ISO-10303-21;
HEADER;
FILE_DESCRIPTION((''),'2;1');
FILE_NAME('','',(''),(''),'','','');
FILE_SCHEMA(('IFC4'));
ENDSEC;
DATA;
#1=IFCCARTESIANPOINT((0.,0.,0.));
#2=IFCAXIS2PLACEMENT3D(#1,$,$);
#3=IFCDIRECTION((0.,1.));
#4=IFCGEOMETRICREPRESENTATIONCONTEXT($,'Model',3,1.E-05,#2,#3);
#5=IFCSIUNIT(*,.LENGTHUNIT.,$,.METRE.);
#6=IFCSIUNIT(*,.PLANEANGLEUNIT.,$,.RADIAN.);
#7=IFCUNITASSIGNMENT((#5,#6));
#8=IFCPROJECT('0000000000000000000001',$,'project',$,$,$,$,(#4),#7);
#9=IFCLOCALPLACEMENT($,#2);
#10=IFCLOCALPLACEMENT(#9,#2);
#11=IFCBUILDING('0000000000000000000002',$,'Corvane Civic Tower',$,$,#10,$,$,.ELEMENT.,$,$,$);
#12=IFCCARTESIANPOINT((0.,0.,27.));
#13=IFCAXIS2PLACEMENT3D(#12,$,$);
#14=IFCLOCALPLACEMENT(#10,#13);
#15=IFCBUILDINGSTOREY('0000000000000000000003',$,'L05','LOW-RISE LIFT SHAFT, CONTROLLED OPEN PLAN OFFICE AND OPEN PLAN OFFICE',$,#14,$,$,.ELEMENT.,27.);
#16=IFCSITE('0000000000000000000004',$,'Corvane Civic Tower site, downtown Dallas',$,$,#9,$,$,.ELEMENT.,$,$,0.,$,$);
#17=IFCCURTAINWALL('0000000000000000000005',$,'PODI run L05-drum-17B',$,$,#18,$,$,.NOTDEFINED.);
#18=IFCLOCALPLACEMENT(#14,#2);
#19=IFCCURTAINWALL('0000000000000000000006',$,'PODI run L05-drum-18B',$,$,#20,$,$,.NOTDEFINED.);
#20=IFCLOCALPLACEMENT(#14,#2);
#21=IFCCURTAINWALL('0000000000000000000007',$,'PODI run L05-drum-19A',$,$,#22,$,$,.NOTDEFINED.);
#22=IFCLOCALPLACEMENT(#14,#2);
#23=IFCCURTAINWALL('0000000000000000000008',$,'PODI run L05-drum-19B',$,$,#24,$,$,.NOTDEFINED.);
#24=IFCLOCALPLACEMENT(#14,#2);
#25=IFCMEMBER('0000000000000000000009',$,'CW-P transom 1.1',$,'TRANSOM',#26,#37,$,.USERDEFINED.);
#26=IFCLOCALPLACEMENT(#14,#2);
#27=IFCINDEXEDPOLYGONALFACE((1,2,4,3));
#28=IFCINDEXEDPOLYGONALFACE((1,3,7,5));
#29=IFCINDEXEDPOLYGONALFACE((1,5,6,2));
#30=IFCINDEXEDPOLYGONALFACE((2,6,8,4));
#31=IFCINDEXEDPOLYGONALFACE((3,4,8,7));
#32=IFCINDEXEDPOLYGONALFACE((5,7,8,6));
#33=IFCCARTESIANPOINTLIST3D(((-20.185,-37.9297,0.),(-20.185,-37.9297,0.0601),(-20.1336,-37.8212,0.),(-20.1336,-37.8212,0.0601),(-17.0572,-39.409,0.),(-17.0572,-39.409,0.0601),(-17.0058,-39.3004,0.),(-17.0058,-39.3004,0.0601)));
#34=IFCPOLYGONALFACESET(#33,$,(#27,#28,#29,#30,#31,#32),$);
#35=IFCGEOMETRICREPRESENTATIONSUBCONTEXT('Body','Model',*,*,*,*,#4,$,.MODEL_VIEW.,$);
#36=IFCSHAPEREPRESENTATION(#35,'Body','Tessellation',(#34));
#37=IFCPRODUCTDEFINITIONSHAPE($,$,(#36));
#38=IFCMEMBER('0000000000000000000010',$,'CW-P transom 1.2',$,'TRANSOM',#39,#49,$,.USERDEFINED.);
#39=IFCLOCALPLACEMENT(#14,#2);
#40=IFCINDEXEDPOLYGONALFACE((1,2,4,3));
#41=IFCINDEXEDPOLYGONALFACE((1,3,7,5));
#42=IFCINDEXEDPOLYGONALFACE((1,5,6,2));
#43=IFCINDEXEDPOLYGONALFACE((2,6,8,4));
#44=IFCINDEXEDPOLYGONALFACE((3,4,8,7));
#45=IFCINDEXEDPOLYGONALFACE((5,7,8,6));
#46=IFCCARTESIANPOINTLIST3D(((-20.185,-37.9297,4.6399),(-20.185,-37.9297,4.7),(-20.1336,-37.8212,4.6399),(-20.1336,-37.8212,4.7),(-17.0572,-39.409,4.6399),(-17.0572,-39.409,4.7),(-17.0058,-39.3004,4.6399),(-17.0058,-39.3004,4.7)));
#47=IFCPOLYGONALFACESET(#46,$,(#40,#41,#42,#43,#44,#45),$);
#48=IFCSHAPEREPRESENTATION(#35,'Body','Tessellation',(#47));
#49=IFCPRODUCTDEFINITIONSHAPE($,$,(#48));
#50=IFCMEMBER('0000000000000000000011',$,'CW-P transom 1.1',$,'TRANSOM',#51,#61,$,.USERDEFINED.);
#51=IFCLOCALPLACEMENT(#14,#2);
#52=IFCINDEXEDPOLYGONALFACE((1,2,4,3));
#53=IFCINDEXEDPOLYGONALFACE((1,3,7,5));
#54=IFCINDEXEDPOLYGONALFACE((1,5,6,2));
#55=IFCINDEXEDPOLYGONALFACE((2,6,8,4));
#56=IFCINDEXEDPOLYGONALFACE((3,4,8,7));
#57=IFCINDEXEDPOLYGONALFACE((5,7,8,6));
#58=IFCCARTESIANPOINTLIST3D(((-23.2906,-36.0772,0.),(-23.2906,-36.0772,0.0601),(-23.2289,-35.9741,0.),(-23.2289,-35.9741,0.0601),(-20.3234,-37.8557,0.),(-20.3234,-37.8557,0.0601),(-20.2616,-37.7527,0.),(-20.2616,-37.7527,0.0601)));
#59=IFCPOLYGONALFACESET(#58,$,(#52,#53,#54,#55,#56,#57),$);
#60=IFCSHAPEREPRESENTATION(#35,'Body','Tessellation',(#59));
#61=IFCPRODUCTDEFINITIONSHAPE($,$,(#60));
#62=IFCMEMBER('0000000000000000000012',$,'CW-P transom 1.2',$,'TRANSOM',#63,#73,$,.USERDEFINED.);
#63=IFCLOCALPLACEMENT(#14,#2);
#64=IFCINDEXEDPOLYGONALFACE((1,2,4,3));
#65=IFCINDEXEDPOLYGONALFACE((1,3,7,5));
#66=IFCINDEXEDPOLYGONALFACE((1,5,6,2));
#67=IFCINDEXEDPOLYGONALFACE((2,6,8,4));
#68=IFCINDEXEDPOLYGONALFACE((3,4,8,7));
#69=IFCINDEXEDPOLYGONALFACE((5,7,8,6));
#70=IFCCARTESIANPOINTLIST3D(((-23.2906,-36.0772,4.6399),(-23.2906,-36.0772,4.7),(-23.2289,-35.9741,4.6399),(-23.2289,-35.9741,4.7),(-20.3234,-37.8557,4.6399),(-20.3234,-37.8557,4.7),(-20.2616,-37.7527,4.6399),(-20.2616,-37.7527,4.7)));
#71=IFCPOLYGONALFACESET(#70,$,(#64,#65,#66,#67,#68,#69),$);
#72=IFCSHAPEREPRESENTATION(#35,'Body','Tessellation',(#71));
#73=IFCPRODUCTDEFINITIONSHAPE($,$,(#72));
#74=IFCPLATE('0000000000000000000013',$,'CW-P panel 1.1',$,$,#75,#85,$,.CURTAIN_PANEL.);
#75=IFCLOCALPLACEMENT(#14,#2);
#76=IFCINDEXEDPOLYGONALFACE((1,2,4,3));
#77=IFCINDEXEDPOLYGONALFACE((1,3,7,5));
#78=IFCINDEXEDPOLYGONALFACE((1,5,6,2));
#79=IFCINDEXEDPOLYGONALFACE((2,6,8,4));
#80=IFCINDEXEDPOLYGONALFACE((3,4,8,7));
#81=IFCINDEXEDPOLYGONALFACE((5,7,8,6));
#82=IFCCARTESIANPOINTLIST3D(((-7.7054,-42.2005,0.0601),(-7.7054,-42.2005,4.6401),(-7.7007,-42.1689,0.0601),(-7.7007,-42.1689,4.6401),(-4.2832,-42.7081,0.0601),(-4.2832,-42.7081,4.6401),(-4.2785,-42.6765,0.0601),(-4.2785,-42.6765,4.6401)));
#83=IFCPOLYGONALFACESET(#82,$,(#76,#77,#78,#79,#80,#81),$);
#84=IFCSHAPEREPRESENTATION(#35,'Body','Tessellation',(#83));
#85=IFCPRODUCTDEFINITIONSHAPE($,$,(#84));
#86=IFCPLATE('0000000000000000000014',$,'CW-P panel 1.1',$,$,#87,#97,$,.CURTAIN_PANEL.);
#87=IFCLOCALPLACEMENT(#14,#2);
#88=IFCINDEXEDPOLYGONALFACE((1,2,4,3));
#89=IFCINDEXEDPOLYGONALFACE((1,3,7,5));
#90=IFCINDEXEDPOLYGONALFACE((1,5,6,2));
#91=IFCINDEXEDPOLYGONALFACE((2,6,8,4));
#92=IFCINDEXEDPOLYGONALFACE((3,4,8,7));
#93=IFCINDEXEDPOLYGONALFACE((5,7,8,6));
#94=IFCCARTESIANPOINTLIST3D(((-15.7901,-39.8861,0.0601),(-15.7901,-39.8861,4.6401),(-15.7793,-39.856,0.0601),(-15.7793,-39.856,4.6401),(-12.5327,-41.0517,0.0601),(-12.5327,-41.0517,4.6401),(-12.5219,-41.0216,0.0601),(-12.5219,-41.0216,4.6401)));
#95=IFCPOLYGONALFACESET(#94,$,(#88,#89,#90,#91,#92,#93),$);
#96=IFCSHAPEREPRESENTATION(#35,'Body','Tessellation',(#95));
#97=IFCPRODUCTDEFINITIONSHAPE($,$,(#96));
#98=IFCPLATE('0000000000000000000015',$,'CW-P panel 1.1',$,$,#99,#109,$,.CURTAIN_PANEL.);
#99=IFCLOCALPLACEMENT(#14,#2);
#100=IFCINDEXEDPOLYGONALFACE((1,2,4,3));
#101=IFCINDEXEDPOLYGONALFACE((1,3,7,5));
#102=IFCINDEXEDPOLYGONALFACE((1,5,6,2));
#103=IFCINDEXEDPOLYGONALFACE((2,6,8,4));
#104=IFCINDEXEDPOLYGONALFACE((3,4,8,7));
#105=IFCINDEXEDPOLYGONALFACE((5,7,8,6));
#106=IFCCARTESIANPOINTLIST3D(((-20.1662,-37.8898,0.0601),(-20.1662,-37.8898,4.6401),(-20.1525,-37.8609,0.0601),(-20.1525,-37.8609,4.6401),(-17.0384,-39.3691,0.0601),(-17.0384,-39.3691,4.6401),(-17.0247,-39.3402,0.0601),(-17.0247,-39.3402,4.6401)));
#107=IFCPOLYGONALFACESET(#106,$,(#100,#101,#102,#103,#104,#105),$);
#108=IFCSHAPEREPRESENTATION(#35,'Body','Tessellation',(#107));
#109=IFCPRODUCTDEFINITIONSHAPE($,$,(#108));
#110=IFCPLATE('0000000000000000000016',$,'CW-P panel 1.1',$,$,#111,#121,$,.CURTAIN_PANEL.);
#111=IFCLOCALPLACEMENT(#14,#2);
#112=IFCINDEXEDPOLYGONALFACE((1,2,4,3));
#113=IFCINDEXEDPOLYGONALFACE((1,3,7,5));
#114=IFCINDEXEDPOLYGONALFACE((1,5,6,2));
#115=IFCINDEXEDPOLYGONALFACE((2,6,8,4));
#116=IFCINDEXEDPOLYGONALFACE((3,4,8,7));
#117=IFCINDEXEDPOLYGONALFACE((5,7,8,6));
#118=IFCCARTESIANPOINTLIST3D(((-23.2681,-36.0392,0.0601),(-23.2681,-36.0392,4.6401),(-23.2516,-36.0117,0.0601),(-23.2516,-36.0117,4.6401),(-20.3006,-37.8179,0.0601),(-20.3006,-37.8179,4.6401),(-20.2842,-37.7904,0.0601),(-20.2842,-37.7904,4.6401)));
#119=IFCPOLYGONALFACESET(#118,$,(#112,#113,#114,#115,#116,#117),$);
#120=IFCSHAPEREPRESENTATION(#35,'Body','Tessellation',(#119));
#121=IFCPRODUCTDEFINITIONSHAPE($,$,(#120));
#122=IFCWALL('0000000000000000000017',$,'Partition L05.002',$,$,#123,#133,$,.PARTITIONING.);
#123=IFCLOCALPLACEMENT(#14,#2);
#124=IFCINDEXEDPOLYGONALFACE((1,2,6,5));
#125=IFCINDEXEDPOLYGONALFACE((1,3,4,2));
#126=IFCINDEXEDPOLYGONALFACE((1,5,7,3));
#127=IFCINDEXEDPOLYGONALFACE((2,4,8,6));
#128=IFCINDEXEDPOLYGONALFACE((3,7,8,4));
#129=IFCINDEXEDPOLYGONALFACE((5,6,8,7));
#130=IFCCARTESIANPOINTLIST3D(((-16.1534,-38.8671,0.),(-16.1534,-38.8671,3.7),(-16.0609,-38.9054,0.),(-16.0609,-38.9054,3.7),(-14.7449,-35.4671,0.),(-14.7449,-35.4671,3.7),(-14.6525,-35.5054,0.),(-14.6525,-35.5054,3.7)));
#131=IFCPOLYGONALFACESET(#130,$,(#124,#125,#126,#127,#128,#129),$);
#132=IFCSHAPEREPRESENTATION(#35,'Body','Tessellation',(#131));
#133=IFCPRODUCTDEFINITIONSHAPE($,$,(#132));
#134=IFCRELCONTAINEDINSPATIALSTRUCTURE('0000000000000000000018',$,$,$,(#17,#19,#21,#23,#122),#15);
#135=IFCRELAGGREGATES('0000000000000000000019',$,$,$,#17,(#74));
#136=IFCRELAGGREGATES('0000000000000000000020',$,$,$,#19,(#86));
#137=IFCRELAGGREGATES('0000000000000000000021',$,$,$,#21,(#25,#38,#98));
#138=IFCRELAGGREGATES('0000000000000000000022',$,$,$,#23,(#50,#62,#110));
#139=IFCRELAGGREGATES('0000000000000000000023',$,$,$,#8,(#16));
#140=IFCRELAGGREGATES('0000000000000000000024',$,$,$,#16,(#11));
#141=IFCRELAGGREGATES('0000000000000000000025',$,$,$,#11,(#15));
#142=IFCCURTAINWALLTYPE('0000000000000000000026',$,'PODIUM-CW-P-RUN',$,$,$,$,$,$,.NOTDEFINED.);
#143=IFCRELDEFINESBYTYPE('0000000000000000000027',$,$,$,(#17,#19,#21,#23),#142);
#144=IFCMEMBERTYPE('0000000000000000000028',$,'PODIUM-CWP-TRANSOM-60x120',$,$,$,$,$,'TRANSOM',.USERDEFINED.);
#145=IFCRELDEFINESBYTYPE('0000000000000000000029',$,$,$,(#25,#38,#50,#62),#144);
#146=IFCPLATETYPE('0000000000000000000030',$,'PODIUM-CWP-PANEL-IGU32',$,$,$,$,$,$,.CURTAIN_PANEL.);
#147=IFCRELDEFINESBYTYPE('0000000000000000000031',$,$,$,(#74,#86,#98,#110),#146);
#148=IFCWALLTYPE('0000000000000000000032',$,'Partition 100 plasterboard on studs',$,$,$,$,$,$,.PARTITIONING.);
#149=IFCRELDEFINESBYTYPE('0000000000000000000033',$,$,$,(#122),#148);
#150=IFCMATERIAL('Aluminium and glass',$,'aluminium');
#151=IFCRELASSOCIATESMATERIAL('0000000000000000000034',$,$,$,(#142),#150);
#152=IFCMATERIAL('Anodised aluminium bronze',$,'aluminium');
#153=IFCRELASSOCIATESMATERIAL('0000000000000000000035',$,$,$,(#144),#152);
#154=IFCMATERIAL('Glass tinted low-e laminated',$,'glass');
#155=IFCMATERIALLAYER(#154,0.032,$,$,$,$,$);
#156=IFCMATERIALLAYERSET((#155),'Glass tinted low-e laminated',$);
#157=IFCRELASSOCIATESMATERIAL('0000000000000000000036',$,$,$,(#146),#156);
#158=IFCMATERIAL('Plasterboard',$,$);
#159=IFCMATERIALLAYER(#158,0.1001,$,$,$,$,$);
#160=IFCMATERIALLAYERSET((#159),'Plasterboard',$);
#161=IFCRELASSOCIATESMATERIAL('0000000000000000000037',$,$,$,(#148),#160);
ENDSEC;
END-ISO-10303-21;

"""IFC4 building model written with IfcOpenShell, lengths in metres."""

from ifc_helpers import new_model, si_unit, direction, frame, frame_2d, origin, origin_2d, place, context, subcontext, project, spatial, rectangle, extrude, material, layer, layer_set, material_profile, profile_set, type_object, element, aggregate, save


model = new_model("IFC4")

# Units and contexts
model_context = context("Model", 3, precision=1e-05, world=origin(), true_north=direction((0.0, 1.0)))
body_context = subcontext(model_context, "Body", "Model", "MODEL_VIEW")
ifc_project = project(units=[si_unit("LENGTHUNIT", "METRE"), si_unit("PLANEANGLEUNIT", "RADIAN")], contexts=[model_context])

# Site, building, storey
site_placement = place(None, origin())
site = spatial("IfcSite", under=ifc_project, at=site_placement, Name="Corvane Civic Tower site, downtown Dallas", CompositionType="ELEMENT", RefElevation=0.0)
building_placement = place(site_placement, origin())
building = spatial("IfcBuilding", under=site, at=building_placement, Name="Corvane Civic Tower", CompositionType="ELEMENT")
storey_placement = place(building_placement, frame((0.0, 0.0, 27.0)))
storey = spatial("IfcBuildingStorey", under=building, at=storey_placement, Name="L05", Description="LOW-RISE LIFT SHAFT, CONTROLLED OPEN PLAN OFFICE AND OPEN PLAN OFFICE", CompositionType="ELEMENT", Elevation=27.0)

# Curtain walls
ifc_material_1 = material(Name="Aluminium and glass", Category="aluminium")
curtain_wall_type = type_object("IfcCurtainWallType", Name="PODIUM-CW-P-RUN", PredefinedType="NOTDEFINED", material=ifc_material_1)
curtain_wall_1_placement = place(storey_placement, origin())
curtain_wall_1 = element("IfcCurtainWall", 1, at=curtain_wall_1_placement, inside=storey, type_object=curtain_wall_type, Name="PODI run L05-drum-17B", PredefinedType="NOTDEFINED")
curtain_wall_2_placement = place(storey_placement, origin())
curtain_wall_2 = element("IfcCurtainWall", 2, at=curtain_wall_2_placement, inside=storey, type_object=curtain_wall_type, Name="PODI run L05-drum-18B", PredefinedType="NOTDEFINED")
curtain_wall_3_placement = place(storey_placement, origin())
curtain_wall_3 = element("IfcCurtainWall", 3, at=curtain_wall_3_placement, inside=storey, type_object=curtain_wall_type, Name="PODI run L05-drum-19A", PredefinedType="NOTDEFINED")

# Curtain wall
curtain_wall_4_placement = place(storey_placement, origin())
curtain_wall_4 = element("IfcCurtainWall", 4, at=curtain_wall_4_placement, inside=storey, type_object=curtain_wall_type, Name="PODI run L05-drum-19B", PredefinedType="NOTDEFINED")

# Members
ifc_material_2 = material(Name="Anodised aluminium bronze", Category="aluminium")
ifc_material_profile_1 = material_profile(ifc_material_2, rectangle(XDim=0.1201, YDim=0.0601, at=origin_2d()), Name="AL 120x60")
ifc_profile_set_1 = profile_set([ifc_material_profile_1], Name="Anodised aluminium bronze")
member_type_1 = type_object("IfcMemberType", Name="PODIUM-CWP-TRANSOM-60x120", ElementType="TRANSOM", PredefinedType="USERDEFINED", material=ifc_profile_set_1)
member_1_placement = place(storey_placement, frame((-17.0315, -39.3547, 0.03), z_axis=(-0.903993, 0.427546, 0.0), x_axis=(-0.427546, -0.903993, 0.0)))
member_1 = element("IfcMember", 5, at=member_1_placement, type_object=member_type_1, Name="CW-P transom 1.1", ObjectType="TRANSOM", PredefinedType="USERDEFINED", context=body_context, shape_type="SweptSolid", body=[
    extrude(rectangle(XDim=0.1201, YDim=0.0601, at=origin_2d()), origin(), (0.0, 0.0, 1.0), 3.46),
])
member_2_placement = place(storey_placement, frame((-17.0315, -39.3547, 4.6699), z_axis=(-0.903993, 0.427546, 0.0), x_axis=(-0.427546, -0.903993, 0.0)))
member_2 = element("IfcMember", 6, at=member_2_placement, type_object=member_type_1, Name="CW-P transom 1.2", ObjectType="TRANSOM", PredefinedType="USERDEFINED", context=body_context, shape_type="SweptSolid", body=[
    extrude(rectangle(XDim=0.1201, YDim=0.0601, at=origin_2d()), origin(), (0.0, 0.0, 1.0), 3.46),
])
member_3_placement = place(storey_placement, frame((-20.2925, -37.8042, 0.03), z_axis=(-0.857723, 0.514112, 0.0), x_axis=(-0.514112, -0.857723, 0.0)))
member_3 = element("IfcMember", 7, at=member_3_placement, type_object=member_type_1, Name="CW-P transom 1.1", ObjectType="TRANSOM", PredefinedType="USERDEFINED", context=body_context, shape_type="SweptSolid", body=[
    extrude(rectangle(XDim=0.1201, YDim=0.0601, at=origin_2d()), origin(), (0.0, 0.0, 1.0), 3.4595),
])
member_4_placement = place(storey_placement, frame((-20.2925, -37.8042, 4.6699), z_axis=(-0.857723, 0.514112, 0.0), x_axis=(-0.514112, -0.857723, 0.0)))
member_4 = element("IfcMember", 8, at=member_4_placement, type_object=member_type_1, Name="CW-P transom 1.2", ObjectType="TRANSOM", PredefinedType="USERDEFINED", context=body_context, shape_type="SweptSolid", body=[
    extrude(rectangle(XDim=0.1201, YDim=0.0601, at=origin_2d()), origin(), (0.0, 0.0, 1.0), 3.4595),
])

# Plates
ifc_material_3 = material(Name="Glass tinted low-e laminated", Category="glass")
ifc_layer_1 = layer(ifc_material_3, 0.032)
ifc_layer_set_1 = layer_set([ifc_layer_1], Name="Glass tinted low-e laminated")
plate_type = type_object("IfcPlateType", Name="PODIUM-CWP-PANEL-IGU32", PredefinedType="CURTAIN_PANEL", material=ifc_layer_set_1)
plate_1_placement = place(storey_placement, frame((-5.9919, -42.4385, 0.0601), z_axis=(0.0, 0.0, 1.0), x_axis=(-0.989179, 0.146715, 0.0)))
plate_1 = element("IfcPlate", 9, at=plate_1_placement, type_object=plate_type, Name="CW-P panel 1.1", PredefinedType="CURTAIN_PANEL", context=body_context, shape_type="SweptSolid", body=[
    extrude(rectangle(XDim=3.4597, YDim=0.032, at=origin_2d()), origin(), (0.0, 0.0, 1.0), 4.5801),
])
aggregate(curtain_wall_1, [plate_1])
plate_2_placement = place(storey_placement, frame((-14.156, -40.4539, 0.0601), z_axis=(0.0, 0.0, 1.0), x_axis=(-0.941534, 0.336919, 0.0)))
plate_2 = element("IfcPlate", 10, at=plate_2_placement, type_object=plate_type, Name="CW-P panel 1.1", PredefinedType="CURTAIN_PANEL", context=body_context, shape_type="SweptSolid", body=[
    extrude(rectangle(XDim=3.4597, YDim=0.032, at=origin_2d()), origin(), (0.0, 0.0, 1.0), 4.5801),
])
aggregate(curtain_wall_2, [plate_2])
plate_3_placement = place(storey_placement, frame((-18.5955, -38.615, 0.0601), z_axis=(0.0, 0.0, 1.0), x_axis=(-0.90399, 0.427553, 0.0)))
plate_3 = element("IfcPlate", 11, at=plate_3_placement, type_object=plate_type, Name="CW-P panel 1.1", PredefinedType="CURTAIN_PANEL", context=body_context, shape_type="SweptSolid", body=[
    extrude(rectangle(XDim=3.46, YDim=0.032, at=origin_2d()), origin(), (0.0, 0.0, 1.0), 4.5801),
])
aggregate(curtain_wall_3, [member_1, member_2, plate_3])
plate_4_placement = place(storey_placement, frame((-21.7761, -36.9148, 0.0601), z_axis=(0.0, 0.0, 1.0), x_axis=(-0.85772, 0.514118, 0.0)))
plate_4 = element("IfcPlate", 12, at=plate_4_placement, type_object=plate_type, Name="CW-P panel 1.1", PredefinedType="CURTAIN_PANEL", context=body_context, shape_type="SweptSolid", body=[
    extrude(rectangle(XDim=3.4597, YDim=0.032, at=origin_2d()), origin(), (0.0, 0.0, 1.0), 4.5801),
])
aggregate(curtain_wall_4, [member_3, member_4, plate_4])

# Wall
ifc_material_4 = material(Name="Plasterboard")
ifc_layer_2 = layer(ifc_material_4, 0.1001)
ifc_layer_set_2 = layer_set([ifc_layer_2], Name="Plasterboard")
wall_type_1 = type_object("IfcWallType", Name="Partition 100 plasterboard on studs", PredefinedType="PARTITIONING", material=ifc_layer_set_2)
wall_1_placement = place(storey_placement, frame((-16.1072, -38.8862, 0.0), z_axis=(0.0, 0.0, 1.0), x_axis=(0.382721, 0.923864, 0.0)))
element("IfcWall", 13, at=wall_1_placement, inside=storey, type_object=wall_type_1, Name="Partition L05.002", PredefinedType="PARTITIONING", context=body_context, shape_type="SweptSolid", body=[
    extrude(rectangle(XDim=3.6802, YDim=0.1001, at=frame_2d((1.8401, 0.0))), origin(), (0.0, 0.0, 1.0), 3.7),
])

save(model, "model.ifc")
